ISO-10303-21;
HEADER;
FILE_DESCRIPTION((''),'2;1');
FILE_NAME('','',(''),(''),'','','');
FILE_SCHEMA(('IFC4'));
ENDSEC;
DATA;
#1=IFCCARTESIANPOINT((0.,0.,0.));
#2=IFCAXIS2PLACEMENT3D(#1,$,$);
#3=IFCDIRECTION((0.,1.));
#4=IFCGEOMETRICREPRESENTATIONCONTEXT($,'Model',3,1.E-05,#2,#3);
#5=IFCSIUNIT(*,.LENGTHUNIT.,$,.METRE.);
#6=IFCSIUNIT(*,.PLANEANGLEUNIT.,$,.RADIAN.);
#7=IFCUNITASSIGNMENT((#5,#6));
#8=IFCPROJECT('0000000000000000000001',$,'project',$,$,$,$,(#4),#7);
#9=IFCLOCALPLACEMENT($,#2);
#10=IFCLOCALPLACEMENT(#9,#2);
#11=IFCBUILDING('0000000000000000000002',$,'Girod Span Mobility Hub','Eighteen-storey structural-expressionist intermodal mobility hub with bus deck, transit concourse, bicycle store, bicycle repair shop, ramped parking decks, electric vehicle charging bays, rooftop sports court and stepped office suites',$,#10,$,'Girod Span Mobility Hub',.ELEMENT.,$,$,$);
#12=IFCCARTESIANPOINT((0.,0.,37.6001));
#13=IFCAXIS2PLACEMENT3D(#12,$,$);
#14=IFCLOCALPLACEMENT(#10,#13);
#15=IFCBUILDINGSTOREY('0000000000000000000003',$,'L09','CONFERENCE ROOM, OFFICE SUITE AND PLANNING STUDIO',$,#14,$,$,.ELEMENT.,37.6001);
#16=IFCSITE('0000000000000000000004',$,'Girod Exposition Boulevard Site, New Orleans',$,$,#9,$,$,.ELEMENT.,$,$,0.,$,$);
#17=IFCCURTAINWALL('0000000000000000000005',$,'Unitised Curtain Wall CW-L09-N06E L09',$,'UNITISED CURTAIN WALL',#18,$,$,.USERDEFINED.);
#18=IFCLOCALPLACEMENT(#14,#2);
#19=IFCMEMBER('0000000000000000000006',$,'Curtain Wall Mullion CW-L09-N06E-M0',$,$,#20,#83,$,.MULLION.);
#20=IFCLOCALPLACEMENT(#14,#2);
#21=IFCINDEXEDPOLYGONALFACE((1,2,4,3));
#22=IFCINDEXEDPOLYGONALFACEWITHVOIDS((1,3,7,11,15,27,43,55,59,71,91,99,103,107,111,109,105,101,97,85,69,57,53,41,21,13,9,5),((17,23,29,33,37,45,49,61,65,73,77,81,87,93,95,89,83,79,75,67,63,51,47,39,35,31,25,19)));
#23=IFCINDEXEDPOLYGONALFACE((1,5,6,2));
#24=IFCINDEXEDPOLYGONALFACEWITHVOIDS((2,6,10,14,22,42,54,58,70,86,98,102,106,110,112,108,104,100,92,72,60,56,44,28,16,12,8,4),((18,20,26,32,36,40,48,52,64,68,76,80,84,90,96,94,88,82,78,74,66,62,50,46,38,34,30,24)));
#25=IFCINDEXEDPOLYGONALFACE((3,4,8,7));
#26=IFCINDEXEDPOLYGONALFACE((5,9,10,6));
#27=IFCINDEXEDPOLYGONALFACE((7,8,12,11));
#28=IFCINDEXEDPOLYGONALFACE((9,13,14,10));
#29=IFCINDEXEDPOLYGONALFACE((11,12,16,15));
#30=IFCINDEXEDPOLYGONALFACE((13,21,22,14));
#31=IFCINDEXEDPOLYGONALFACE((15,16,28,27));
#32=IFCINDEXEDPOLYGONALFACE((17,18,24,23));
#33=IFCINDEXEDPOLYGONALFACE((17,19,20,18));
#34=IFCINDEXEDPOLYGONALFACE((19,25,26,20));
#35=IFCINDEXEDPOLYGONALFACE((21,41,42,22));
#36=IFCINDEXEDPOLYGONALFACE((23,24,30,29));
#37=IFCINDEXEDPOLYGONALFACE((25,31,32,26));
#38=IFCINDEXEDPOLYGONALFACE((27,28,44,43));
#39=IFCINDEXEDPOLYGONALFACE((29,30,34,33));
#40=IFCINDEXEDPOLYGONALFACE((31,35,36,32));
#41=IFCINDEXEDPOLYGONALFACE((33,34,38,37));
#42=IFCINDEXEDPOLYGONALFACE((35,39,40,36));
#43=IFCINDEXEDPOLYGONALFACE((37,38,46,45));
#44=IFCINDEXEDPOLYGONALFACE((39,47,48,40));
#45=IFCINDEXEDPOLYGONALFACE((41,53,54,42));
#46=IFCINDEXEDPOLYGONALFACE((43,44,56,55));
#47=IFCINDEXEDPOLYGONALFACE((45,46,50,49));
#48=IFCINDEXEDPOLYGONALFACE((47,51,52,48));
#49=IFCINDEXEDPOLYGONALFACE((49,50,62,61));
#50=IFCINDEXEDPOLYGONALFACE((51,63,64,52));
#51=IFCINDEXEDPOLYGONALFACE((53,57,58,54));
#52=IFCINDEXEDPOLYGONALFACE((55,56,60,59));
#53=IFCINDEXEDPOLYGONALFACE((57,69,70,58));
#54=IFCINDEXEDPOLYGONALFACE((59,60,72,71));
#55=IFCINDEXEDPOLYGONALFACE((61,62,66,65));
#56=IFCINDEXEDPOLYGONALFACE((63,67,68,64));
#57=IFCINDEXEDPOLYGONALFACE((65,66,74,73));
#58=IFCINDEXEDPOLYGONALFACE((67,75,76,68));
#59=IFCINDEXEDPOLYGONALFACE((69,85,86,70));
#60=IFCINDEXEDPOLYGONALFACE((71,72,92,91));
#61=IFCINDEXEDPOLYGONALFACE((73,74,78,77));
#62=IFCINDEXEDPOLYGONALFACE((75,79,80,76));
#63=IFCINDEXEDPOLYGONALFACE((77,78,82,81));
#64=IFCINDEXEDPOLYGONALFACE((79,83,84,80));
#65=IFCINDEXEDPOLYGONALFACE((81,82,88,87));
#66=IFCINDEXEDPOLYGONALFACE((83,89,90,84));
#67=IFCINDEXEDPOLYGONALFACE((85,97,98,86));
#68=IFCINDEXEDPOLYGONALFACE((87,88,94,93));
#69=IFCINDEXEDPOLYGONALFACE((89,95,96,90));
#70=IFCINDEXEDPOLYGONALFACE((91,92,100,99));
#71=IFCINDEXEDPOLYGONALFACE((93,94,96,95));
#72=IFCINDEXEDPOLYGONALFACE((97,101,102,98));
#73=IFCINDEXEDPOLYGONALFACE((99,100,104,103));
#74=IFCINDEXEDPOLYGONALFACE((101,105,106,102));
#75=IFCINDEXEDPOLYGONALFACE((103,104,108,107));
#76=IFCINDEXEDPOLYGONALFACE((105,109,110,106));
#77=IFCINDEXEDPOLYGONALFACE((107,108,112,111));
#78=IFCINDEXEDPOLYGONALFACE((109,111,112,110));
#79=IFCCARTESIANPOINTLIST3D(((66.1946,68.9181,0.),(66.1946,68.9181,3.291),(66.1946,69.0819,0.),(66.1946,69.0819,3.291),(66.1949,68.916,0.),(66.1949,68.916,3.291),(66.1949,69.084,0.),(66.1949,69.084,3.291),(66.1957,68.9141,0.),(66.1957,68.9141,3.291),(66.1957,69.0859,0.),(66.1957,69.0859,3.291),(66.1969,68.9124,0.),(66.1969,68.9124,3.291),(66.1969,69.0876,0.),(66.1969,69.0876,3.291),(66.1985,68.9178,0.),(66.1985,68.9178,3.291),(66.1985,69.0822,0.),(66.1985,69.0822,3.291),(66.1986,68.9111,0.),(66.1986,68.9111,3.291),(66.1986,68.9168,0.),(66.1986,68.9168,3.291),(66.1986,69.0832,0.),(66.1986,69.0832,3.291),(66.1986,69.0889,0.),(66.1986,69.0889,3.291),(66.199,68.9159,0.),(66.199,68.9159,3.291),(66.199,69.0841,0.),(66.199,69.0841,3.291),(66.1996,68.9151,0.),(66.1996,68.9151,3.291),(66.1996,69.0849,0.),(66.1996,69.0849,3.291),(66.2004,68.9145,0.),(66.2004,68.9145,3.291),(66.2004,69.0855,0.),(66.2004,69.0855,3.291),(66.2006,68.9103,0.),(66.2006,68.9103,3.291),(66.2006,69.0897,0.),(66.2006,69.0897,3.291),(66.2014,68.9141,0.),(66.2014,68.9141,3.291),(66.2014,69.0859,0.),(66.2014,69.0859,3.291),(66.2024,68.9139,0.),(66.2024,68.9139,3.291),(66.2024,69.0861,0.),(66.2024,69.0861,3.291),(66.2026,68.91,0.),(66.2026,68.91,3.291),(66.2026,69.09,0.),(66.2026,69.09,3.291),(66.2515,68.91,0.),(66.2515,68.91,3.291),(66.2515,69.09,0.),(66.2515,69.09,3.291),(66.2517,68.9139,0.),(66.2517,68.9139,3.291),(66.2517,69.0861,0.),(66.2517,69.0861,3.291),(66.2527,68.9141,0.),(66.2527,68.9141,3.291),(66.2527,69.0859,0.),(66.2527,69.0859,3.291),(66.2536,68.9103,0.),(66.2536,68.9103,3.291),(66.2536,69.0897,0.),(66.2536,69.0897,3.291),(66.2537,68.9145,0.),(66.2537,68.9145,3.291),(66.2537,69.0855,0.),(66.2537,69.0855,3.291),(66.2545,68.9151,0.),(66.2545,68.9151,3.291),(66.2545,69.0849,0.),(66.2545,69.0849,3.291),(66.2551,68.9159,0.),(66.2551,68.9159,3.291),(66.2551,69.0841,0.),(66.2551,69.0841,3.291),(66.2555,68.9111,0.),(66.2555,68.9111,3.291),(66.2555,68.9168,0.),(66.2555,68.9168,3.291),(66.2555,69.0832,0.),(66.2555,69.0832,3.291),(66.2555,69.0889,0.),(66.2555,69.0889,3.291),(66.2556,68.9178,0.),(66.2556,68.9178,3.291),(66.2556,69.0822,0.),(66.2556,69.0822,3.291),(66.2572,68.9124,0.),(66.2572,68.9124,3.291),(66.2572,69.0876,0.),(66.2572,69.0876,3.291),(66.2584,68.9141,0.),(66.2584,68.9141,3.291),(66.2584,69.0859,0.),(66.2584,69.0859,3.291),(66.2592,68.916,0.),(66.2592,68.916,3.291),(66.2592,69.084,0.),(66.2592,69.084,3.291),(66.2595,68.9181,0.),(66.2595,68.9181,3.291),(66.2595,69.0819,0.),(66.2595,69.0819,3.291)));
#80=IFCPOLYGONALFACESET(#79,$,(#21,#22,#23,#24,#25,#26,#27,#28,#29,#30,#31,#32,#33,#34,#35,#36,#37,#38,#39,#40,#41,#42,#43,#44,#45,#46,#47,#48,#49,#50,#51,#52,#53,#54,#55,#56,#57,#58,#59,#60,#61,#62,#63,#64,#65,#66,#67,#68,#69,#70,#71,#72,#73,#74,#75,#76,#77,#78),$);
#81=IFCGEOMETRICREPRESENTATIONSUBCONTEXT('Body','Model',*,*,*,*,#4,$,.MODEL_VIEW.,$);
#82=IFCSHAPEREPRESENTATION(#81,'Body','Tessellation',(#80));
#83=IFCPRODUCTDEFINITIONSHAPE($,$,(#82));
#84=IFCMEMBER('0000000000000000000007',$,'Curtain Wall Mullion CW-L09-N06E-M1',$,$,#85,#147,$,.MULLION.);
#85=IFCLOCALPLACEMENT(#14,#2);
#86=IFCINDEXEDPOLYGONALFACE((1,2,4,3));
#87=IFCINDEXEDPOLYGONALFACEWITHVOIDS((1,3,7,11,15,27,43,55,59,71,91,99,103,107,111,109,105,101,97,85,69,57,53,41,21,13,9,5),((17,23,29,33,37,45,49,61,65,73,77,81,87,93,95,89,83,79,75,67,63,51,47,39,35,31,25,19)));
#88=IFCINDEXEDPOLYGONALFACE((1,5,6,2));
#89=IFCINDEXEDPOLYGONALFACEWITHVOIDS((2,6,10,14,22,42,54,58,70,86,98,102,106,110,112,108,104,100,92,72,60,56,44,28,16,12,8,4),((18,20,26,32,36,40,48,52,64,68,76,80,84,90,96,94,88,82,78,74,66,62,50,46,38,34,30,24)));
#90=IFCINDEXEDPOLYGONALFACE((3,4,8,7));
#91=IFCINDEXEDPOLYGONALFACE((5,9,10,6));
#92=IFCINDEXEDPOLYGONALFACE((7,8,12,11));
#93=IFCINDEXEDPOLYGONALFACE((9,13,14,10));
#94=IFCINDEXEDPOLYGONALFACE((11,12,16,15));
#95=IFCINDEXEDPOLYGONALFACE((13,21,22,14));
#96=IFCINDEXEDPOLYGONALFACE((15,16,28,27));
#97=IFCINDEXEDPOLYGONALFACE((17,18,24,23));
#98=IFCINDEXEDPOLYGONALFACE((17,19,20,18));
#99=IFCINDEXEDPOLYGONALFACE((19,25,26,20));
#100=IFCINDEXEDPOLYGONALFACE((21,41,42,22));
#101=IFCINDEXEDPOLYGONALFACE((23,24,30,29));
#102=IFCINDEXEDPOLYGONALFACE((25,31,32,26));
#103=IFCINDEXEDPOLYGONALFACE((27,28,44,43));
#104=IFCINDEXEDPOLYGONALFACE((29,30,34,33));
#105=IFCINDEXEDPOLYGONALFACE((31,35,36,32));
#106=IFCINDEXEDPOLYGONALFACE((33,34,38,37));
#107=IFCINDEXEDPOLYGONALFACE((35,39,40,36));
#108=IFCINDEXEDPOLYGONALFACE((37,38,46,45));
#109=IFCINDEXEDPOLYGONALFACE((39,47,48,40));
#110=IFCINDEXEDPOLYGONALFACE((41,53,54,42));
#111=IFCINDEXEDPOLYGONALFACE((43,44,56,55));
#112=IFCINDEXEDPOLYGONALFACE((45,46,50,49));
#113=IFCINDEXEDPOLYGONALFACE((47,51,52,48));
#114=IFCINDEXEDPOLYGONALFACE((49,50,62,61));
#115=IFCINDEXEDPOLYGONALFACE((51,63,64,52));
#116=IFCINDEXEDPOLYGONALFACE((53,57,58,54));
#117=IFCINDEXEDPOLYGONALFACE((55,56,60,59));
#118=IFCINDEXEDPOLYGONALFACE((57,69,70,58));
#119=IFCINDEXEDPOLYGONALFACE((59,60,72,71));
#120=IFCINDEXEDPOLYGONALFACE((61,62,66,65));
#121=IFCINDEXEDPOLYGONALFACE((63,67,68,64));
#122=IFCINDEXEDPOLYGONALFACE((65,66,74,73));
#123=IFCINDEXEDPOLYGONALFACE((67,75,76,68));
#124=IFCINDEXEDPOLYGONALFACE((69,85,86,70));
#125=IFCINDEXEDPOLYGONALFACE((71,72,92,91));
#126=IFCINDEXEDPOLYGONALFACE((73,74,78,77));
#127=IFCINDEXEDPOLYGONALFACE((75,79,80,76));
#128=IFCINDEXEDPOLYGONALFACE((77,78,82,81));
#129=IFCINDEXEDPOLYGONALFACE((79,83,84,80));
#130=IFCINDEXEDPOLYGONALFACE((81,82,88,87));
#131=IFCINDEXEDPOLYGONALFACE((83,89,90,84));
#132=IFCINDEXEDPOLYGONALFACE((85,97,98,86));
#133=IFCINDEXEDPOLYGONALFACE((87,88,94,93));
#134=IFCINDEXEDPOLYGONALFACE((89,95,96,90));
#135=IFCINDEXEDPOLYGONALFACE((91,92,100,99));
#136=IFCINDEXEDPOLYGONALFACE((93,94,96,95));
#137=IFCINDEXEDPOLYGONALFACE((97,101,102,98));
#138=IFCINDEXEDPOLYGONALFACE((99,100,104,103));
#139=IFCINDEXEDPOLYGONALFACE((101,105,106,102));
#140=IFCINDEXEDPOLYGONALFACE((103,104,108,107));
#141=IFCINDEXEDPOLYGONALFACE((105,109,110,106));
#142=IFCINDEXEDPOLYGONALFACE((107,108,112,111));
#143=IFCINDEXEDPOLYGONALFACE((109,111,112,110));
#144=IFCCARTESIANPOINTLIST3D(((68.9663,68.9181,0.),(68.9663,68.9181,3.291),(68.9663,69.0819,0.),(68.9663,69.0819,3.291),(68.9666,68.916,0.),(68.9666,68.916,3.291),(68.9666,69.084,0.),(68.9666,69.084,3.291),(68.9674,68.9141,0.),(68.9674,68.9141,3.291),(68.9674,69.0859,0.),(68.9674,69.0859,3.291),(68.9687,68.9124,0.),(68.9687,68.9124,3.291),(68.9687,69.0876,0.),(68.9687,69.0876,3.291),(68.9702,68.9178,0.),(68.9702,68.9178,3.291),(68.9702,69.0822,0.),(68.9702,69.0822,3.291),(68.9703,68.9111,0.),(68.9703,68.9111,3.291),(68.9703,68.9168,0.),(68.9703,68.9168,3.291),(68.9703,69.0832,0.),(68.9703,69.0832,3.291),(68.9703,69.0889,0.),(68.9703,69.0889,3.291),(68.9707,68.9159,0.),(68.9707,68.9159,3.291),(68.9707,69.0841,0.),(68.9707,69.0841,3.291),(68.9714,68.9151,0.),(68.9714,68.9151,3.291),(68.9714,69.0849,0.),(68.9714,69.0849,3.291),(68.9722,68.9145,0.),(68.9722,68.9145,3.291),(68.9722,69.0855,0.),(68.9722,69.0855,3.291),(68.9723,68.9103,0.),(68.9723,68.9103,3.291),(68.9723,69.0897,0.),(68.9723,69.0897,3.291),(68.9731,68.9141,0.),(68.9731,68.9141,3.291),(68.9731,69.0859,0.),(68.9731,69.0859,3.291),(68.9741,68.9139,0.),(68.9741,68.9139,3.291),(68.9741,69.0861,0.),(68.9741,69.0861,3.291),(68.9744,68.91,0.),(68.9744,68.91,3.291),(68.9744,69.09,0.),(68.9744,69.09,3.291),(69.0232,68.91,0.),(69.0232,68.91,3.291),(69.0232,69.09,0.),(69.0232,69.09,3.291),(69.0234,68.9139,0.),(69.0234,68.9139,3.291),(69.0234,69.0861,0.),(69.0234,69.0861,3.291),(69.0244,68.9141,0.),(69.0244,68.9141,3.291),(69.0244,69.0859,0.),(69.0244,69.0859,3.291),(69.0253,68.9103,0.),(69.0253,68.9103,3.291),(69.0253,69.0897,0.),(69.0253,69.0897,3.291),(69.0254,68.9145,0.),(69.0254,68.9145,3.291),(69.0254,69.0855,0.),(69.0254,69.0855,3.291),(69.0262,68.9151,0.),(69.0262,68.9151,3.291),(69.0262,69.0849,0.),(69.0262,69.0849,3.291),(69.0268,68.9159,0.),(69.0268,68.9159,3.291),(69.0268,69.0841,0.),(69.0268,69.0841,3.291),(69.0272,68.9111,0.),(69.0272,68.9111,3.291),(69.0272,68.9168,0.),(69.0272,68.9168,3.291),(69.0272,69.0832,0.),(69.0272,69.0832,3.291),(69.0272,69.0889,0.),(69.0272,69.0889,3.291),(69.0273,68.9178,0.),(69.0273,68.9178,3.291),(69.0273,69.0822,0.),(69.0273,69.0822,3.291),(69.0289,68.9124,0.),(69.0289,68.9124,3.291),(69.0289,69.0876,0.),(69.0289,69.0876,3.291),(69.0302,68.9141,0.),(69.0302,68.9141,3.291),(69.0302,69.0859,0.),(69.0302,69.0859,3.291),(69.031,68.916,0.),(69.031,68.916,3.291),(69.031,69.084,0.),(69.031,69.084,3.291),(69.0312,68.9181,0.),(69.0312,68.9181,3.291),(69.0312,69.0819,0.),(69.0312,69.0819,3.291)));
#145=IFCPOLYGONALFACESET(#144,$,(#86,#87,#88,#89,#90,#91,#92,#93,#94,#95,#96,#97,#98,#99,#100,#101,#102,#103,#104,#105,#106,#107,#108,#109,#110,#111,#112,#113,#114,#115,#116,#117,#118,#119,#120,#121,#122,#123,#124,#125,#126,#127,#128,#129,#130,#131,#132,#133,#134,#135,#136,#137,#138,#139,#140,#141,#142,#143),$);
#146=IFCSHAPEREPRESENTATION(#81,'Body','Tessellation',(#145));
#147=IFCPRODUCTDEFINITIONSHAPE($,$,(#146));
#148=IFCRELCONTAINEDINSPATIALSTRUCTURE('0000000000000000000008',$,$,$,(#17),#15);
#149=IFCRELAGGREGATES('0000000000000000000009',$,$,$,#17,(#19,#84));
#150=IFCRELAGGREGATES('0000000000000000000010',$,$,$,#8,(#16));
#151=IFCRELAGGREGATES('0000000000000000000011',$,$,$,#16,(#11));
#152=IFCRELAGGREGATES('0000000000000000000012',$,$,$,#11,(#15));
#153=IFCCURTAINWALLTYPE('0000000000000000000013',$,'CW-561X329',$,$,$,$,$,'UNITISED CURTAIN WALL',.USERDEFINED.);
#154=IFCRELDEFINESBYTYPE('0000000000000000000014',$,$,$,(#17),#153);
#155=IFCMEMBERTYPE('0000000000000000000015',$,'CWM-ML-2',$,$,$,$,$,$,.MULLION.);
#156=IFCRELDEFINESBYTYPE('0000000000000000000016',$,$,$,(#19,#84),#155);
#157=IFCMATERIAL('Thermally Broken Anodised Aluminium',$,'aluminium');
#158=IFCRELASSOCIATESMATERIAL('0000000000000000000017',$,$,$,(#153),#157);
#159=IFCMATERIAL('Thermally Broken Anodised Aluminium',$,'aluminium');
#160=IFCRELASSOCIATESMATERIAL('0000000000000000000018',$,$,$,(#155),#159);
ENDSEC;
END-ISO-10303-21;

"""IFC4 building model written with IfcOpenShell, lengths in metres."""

from ifc_helpers import new_model, si_unit, direction, frame, origin, origin_2d, place, context, subcontext, project, spatial, hollow_rectangle, extrude, material, material_profile, profile_set, type_object, element, aggregate, save


model = new_model("IFC4")

# Units and contexts
model_context = context("Model", 3, precision=1e-05, world=origin(), true_north=direction((0.0, 1.0)))
body_context = subcontext(model_context, "Body", "Model", "MODEL_VIEW")
ifc_project = project(units=[si_unit("LENGTHUNIT", "METRE"), si_unit("PLANEANGLEUNIT", "RADIAN")], contexts=[model_context])

# Site, building, storey
site_placement = place(None, origin())
site = spatial("IfcSite", under=ifc_project, at=site_placement, Name="Girod Exposition Boulevard Site, New Orleans", CompositionType="ELEMENT", RefElevation=0.0)
building_placement = place(site_placement, origin())
building = spatial("IfcBuilding", under=site, at=building_placement, Name="Girod Span Mobility Hub", Description="Eighteen-storey structural-expressionist intermodal mobility hub with bus deck, transit concourse, bicycle store, bicycle repair shop, ramped parking decks, electric vehicle charging bays, rooftop sports court and stepped office suites", LongName="Girod Span Mobility Hub", CompositionType="ELEMENT")
storey_placement = place(building_placement, frame((0.0, 0.0, 37.6001)))
storey = spatial("IfcBuildingStorey", under=building, at=storey_placement, Name="L09", Description="CONFERENCE ROOM, OFFICE SUITE AND PLANNING STUDIO", CompositionType="ELEMENT", Elevation=37.6001)

# Curtain wall, members
ifc_material_1 = material(Name="Thermally Broken Anodised Aluminium", Category="aluminium")
curtain_wall_type = type_object("IfcCurtainWallType", Name="CW-561X329", ElementType="UNITISED CURTAIN WALL", PredefinedType="USERDEFINED", material=ifc_material_1)
ifc_material_2 = material(Name="Thermally Broken Anodised Aluminium", Category="aluminium")
ifc_material_profile_1 = material_profile(ifc_material_2, hollow_rectangle(XDim=0.1799, YDim=0.0649, WallThickness=0.0039, InnerFilletRadius=0.0039, OuterFilletRadius=0.0081, at=origin_2d()), Name="CW-ML-65X180")
ifc_profile_set_1 = profile_set([ifc_material_profile_1], Name="Thermally Broken Anodised Aluminium")
member_type_1 = type_object("IfcMemberType", Name="CWM-ML-2", PredefinedType="MULLION", material=ifc_profile_set_1)
curtain_wall_1_placement = place(storey_placement, origin())
curtain_wall_1 = element("IfcCurtainWall", 1, at=curtain_wall_1_placement, inside=storey, type_object=curtain_wall_type, Name="Unitised Curtain Wall CW-L09-N06E L09", ObjectType="UNITISED CURTAIN WALL", PredefinedType="USERDEFINED")
member_1_placement = place(storey_placement, frame((66.2271, 69.0, 0.0), z_axis=(0.0, 0.0, 1.0), x_axis=(0.0, 1.0, 0.0)))
member_1 = element("IfcMember", 2, at=member_1_placement, type_object=member_type_1, Name="Curtain Wall Mullion CW-L09-N06E-M0", PredefinedType="MULLION", context=body_context, shape_type="SweptSolid", body=[
    extrude(hollow_rectangle(XDim=0.1799, YDim=0.0649, WallThickness=0.0039, InnerFilletRadius=0.0039, OuterFilletRadius=0.0081, at=origin_2d()), origin(), (0.0, 0.0, 1.0), 3.291),
])
member_2_placement = place(storey_placement, frame((68.9988, 69.0, 0.0), z_axis=(0.0, 0.0, 1.0), x_axis=(0.0, 1.0, 0.0)))
member_2 = element("IfcMember", 3, at=member_2_placement, type_object=member_type_1, Name="Curtain Wall Mullion CW-L09-N06E-M1", PredefinedType="MULLION", context=body_context, shape_type="SweptSolid", body=[
    extrude(hollow_rectangle(XDim=0.1799, YDim=0.0649, WallThickness=0.0039, InnerFilletRadius=0.0039, OuterFilletRadius=0.0081, at=origin_2d()), origin(), (0.0, 0.0, 1.0), 3.291),
])

aggregate(curtain_wall_1, [member_1, member_2])

save(model, "model.ifc")
